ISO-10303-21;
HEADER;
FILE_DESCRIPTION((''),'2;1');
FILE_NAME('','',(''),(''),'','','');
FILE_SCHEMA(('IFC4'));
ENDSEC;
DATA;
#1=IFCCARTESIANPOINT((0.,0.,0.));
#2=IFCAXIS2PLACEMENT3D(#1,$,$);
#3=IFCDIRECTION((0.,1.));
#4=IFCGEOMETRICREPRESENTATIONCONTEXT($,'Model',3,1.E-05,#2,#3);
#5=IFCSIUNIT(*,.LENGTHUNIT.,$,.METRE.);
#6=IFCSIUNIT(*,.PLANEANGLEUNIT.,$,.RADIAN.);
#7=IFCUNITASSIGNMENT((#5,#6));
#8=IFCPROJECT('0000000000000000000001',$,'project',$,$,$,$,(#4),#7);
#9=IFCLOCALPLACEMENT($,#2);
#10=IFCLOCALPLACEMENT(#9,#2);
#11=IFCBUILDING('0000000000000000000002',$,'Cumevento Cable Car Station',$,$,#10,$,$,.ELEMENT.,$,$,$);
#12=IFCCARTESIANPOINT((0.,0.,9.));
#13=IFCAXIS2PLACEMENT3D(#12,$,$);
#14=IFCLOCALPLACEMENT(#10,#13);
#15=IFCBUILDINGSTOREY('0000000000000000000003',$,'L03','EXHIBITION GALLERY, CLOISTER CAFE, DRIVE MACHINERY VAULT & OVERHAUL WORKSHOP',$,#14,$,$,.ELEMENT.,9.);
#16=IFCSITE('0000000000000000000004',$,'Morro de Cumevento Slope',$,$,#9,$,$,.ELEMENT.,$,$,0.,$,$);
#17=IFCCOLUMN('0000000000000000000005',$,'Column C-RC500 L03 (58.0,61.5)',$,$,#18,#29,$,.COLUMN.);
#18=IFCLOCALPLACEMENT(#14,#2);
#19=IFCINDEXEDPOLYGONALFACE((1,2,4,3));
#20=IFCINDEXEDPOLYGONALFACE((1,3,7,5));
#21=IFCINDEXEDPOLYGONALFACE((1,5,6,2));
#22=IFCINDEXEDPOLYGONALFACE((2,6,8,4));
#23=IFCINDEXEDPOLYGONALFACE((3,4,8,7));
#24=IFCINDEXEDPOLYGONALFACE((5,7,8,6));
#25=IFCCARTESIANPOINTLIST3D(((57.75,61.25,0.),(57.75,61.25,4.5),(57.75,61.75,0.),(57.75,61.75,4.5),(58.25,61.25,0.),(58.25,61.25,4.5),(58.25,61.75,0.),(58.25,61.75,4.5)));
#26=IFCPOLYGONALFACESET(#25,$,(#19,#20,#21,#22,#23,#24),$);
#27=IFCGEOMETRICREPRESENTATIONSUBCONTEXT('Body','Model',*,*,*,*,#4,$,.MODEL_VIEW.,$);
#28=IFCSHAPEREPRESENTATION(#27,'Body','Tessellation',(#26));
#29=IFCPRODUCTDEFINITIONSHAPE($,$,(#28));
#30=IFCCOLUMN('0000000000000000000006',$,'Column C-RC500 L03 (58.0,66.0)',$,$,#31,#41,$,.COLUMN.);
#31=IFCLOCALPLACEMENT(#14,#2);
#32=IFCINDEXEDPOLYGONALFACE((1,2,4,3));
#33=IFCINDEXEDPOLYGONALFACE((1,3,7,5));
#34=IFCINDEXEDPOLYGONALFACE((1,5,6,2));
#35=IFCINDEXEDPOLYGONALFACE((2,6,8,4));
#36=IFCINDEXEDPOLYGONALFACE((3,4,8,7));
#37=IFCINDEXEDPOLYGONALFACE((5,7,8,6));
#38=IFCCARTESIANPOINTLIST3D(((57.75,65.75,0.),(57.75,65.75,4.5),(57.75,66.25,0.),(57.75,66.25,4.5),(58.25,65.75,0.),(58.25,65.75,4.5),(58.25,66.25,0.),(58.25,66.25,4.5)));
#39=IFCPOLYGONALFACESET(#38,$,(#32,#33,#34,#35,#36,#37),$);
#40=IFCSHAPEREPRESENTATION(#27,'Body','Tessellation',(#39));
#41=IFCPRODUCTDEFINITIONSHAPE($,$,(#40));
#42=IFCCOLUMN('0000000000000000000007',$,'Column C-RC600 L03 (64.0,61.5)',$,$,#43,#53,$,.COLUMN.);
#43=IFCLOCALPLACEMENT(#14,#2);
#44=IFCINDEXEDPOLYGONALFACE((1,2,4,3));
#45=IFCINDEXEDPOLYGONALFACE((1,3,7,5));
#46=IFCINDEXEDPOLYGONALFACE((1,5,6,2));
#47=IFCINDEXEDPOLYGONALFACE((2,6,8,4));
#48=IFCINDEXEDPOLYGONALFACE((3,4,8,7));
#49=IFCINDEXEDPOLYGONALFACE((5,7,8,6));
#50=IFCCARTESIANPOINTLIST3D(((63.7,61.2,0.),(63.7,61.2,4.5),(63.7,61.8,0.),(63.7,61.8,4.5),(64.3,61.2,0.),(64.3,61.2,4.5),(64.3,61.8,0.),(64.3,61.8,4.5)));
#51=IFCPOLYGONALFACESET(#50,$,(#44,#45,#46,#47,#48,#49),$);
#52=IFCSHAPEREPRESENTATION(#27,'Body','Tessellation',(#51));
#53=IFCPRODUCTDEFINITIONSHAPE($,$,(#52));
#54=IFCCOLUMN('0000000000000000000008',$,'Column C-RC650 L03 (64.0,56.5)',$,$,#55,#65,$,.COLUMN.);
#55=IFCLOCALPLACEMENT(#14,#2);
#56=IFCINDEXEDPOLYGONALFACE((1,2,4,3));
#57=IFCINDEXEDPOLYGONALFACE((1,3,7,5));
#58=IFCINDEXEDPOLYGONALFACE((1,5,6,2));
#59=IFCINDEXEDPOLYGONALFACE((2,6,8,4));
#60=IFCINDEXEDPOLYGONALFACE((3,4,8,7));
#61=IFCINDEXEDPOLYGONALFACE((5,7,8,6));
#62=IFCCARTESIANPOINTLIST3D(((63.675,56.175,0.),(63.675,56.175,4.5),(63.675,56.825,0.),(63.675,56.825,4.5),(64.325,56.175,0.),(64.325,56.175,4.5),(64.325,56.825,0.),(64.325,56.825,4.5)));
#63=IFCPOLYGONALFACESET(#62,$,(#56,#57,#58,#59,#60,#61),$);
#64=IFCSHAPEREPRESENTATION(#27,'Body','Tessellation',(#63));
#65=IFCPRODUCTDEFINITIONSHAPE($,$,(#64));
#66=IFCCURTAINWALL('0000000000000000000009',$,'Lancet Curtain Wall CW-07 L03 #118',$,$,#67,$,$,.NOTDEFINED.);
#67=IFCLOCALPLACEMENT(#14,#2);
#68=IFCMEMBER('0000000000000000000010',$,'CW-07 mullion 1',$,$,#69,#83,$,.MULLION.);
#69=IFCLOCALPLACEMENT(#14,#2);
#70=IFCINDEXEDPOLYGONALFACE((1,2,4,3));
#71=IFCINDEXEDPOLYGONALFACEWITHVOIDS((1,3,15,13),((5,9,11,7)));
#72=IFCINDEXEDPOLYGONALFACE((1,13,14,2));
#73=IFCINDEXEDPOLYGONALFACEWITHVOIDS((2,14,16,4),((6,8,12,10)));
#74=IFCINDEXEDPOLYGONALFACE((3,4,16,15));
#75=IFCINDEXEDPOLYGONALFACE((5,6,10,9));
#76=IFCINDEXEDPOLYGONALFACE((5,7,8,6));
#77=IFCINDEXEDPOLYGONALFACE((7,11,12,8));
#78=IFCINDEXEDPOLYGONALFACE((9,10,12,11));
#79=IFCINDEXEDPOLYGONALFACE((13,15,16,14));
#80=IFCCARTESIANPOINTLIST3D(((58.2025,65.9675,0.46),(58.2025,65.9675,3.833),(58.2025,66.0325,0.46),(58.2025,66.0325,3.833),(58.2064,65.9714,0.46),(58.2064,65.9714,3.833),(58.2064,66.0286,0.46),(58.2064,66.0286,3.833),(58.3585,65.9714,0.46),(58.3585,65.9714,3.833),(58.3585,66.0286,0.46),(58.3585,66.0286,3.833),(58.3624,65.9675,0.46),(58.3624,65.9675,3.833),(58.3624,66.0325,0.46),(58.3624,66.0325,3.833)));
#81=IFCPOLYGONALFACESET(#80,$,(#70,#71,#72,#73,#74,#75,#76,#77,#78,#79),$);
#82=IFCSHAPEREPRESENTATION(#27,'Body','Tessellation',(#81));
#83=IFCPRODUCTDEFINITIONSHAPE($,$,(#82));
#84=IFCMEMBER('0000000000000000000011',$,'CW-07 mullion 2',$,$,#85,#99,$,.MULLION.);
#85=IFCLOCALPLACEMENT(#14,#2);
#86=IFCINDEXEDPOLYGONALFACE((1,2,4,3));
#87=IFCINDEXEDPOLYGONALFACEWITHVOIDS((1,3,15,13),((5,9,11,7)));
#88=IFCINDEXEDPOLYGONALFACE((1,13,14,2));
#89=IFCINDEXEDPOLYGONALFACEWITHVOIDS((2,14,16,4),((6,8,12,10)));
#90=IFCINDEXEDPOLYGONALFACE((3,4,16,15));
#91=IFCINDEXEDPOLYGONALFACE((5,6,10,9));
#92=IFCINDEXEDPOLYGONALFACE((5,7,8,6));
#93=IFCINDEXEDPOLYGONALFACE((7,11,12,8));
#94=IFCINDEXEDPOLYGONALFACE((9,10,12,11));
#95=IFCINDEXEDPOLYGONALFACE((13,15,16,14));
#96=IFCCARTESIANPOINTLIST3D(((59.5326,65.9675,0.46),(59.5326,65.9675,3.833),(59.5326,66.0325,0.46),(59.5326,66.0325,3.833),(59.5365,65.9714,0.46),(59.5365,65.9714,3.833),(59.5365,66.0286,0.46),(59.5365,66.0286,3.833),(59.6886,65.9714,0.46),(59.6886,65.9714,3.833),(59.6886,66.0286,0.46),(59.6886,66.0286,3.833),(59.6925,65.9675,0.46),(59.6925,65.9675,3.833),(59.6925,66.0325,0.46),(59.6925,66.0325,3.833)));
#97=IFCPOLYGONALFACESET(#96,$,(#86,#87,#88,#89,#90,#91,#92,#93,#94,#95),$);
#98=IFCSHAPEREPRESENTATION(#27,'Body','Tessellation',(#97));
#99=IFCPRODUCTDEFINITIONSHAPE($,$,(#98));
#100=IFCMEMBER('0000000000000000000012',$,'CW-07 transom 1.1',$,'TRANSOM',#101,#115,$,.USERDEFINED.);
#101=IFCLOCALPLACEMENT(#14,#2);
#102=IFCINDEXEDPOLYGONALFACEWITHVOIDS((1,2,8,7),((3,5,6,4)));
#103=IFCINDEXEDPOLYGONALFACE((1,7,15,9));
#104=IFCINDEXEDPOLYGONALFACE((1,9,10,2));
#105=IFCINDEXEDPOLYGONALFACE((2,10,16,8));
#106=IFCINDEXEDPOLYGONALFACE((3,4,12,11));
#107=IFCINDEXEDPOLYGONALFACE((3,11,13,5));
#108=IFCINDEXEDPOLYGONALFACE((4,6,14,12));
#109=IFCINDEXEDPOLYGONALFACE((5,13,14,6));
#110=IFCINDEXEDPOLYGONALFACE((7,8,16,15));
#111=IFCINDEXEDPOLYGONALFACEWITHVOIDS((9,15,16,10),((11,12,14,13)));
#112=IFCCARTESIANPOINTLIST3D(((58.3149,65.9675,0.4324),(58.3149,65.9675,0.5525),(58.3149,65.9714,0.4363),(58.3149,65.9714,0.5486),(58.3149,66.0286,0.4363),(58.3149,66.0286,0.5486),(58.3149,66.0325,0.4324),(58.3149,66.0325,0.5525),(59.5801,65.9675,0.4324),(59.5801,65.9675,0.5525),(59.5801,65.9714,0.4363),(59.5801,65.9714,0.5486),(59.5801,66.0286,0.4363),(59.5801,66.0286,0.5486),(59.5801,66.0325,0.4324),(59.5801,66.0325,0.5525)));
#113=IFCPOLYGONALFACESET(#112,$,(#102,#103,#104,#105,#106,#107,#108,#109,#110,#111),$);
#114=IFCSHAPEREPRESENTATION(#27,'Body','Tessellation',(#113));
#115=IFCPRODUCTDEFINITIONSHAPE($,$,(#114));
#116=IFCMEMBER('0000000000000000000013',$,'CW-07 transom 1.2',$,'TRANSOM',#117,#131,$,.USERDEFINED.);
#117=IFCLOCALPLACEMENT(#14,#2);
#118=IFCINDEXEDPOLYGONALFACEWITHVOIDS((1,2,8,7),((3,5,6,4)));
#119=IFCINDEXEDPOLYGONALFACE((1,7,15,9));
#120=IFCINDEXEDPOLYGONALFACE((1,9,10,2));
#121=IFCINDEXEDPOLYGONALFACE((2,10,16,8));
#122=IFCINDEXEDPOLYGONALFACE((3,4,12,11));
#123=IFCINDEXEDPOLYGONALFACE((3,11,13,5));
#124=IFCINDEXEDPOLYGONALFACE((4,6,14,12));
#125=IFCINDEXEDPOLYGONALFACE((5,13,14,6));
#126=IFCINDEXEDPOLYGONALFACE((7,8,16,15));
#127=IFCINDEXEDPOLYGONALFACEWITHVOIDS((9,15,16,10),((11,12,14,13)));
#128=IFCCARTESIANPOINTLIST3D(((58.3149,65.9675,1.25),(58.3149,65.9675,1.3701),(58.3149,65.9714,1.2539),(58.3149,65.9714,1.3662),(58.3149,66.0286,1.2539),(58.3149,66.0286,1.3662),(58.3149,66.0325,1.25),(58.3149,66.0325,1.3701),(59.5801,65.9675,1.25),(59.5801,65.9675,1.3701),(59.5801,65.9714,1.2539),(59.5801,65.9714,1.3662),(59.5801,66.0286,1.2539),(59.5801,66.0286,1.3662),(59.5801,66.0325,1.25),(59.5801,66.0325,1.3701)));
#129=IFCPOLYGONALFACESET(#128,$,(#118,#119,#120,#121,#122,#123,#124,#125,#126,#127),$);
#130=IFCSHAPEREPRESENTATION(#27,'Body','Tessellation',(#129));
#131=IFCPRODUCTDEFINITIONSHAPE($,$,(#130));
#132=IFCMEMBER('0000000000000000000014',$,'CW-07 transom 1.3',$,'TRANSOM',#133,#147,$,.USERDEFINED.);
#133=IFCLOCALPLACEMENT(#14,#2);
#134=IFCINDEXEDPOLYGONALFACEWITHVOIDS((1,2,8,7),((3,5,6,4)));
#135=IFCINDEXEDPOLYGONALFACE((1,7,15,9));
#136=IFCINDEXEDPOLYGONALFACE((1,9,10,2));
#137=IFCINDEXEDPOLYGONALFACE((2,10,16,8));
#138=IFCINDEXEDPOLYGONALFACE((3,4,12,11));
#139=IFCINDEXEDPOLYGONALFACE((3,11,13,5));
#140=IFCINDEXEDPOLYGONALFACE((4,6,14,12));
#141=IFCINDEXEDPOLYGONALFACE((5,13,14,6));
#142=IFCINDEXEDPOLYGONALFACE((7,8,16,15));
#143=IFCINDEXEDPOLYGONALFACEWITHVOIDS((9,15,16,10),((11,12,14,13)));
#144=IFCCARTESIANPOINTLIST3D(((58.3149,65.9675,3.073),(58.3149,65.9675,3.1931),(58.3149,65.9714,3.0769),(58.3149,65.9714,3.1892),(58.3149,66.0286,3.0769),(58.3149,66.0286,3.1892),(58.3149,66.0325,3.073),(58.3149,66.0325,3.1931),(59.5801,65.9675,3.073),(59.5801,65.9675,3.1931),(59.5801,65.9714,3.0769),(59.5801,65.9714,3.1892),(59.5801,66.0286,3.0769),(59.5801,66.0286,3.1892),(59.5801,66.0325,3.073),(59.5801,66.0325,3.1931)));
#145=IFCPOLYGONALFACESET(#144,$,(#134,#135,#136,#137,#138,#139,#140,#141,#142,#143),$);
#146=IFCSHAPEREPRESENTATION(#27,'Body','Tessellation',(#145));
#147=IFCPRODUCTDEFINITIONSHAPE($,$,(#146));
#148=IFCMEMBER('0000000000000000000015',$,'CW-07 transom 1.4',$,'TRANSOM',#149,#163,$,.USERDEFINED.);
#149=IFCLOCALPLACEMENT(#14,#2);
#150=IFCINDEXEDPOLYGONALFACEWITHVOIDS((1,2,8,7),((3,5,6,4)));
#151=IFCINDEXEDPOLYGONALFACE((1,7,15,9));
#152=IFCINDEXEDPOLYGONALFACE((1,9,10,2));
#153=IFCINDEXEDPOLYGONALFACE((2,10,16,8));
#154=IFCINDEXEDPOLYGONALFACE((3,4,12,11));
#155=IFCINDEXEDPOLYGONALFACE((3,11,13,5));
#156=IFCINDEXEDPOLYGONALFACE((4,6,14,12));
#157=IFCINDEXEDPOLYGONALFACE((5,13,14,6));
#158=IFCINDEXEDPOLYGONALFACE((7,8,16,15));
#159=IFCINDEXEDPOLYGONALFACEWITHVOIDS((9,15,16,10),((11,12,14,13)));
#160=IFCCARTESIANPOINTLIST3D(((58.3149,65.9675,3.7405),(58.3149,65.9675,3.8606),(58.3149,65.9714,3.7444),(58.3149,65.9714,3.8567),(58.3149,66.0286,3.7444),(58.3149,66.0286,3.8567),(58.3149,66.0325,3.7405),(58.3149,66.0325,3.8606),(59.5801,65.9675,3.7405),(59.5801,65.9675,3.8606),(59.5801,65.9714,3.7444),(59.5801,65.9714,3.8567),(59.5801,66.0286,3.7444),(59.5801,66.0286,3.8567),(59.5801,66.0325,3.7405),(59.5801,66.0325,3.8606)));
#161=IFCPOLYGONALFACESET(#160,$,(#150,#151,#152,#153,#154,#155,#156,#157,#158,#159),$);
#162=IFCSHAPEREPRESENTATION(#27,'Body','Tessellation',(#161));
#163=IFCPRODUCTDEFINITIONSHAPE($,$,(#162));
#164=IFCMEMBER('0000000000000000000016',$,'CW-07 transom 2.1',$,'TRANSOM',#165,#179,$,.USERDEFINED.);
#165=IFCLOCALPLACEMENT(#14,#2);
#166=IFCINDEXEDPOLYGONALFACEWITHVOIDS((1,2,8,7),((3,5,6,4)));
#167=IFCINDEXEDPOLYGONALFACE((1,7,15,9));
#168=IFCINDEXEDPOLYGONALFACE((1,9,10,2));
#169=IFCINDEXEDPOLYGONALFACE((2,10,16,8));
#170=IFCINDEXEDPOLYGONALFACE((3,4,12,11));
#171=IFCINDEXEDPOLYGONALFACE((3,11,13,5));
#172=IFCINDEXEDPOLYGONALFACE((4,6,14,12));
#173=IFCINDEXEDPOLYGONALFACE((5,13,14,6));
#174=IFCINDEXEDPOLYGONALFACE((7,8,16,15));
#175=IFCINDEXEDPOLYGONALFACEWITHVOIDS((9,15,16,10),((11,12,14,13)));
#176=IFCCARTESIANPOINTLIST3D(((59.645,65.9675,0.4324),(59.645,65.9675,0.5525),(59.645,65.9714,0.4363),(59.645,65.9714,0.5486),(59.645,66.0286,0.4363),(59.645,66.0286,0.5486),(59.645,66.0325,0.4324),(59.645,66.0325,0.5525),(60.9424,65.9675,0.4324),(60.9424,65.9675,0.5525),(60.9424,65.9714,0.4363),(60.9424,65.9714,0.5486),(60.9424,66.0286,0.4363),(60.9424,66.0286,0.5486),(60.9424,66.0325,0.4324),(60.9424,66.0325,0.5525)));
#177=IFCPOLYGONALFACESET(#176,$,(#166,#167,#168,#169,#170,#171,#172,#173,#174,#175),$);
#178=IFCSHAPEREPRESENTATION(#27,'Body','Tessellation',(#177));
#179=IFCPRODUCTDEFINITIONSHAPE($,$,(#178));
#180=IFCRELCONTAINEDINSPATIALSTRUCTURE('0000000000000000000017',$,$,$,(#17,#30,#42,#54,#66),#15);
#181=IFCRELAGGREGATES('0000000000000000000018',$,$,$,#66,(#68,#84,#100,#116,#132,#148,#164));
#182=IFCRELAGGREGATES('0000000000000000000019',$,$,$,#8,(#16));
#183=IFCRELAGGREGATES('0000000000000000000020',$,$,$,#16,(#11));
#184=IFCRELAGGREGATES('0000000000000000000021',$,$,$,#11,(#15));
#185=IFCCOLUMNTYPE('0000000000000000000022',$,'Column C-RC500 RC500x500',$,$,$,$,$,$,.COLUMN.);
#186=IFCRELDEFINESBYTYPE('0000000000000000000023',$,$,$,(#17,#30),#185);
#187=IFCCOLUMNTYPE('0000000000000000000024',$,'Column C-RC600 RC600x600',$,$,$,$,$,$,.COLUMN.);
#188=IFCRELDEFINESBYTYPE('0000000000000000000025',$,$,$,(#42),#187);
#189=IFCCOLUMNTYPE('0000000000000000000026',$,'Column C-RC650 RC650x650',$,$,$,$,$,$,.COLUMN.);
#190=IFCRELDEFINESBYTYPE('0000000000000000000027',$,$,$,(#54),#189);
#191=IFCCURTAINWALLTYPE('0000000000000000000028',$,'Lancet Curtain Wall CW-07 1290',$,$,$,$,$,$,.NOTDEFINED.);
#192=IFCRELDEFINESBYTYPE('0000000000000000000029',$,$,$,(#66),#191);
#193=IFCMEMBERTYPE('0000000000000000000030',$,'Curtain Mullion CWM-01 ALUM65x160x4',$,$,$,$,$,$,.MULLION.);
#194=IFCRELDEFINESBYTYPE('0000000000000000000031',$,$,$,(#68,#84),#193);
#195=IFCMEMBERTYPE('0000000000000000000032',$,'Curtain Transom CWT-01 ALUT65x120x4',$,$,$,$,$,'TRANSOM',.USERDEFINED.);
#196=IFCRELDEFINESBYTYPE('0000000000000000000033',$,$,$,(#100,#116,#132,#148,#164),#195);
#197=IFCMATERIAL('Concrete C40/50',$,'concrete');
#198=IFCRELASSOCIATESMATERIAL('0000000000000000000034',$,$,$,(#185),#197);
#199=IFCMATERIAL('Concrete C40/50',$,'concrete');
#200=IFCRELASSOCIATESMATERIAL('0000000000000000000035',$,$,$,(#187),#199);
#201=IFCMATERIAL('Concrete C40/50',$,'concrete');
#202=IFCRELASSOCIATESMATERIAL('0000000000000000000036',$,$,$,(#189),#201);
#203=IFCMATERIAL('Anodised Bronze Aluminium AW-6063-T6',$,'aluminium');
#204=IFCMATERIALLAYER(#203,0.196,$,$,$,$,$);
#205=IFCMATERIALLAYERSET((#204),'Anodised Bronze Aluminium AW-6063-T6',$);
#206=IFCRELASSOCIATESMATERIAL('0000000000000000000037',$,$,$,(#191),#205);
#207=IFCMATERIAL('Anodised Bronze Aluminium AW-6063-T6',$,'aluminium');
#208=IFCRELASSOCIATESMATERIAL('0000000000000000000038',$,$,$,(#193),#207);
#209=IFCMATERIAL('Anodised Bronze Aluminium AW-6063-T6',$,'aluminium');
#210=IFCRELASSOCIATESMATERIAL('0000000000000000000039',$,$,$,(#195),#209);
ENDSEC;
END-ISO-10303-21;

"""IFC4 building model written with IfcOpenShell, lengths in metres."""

from ifc_helpers import new_model, si_unit, direction, frame, origin, origin_2d, place, context, subcontext, project, spatial, rectangle, hollow_rectangle, extrude, material, layer, layer_set, material_profile, profile_set, type_object, element, aggregate, save


model = new_model("IFC4")

# Units and contexts
model_context = context("Model", 3, precision=1e-05, world=origin(), true_north=direction((0.0, 1.0)))
body_context = subcontext(model_context, "Body", "Model", "MODEL_VIEW")
ifc_project = project(units=[si_unit("LENGTHUNIT", "METRE"), si_unit("PLANEANGLEUNIT", "RADIAN")], contexts=[model_context])

# Site, building, storey
site_placement = place(None, origin())
site = spatial("IfcSite", under=ifc_project, at=site_placement, Name="Morro de Cumevento Slope", CompositionType="ELEMENT", RefElevation=0.0)
building_placement = place(site_placement, origin())
building = spatial("IfcBuilding", under=site, at=building_placement, Name="Cumevento Cable Car Station", CompositionType="ELEMENT")
storey_placement = place(building_placement, frame((0.0, 0.0, 9.0)))
storey = spatial("IfcBuildingStorey", under=building, at=storey_placement, Name="L03", Description="EXHIBITION GALLERY, CLOISTER CAFE, DRIVE MACHINERY VAULT & OVERHAUL WORKSHOP", CompositionType="ELEMENT", Elevation=9.0)

# Columns
ifc_material_1 = material(Name="Concrete C40/50", Category="concrete")
ifc_material_profile_1 = material_profile(ifc_material_1, rectangle(XDim=0.5, YDim=0.5, at=origin_2d()), Name="RC500x500")
ifc_profile_set_1 = profile_set([ifc_material_profile_1], Name="Concrete C40/50")
column_type_1 = type_object("IfcColumnType", Name="Column C-RC500 RC500x500", PredefinedType="COLUMN", material=ifc_profile_set_1)
for number, where, z_axis, x_axis, name in (
    (1, (58.0, 61.5, 0.0), (0.0, 0.0, 1.0), (1.0, 0.0, 0.0), "Column C-RC500 L03 (58.0,61.5)"),
    (2, (58.0, 66.0, 0.0), (0.0, 0.0, 1.0), (1.0, 0.0, 0.0), "Column C-RC500 L03 (58.0,66.0)"),
):
    element("IfcColumn", number, at=place(storey_placement, frame(where, z_axis=z_axis, x_axis=x_axis)), inside=storey, type_object=column_type_1, Name=name, PredefinedType="COLUMN", context=body_context, shape_type="SweptSolid", body=[
        extrude(rectangle(XDim=0.5, YDim=0.5, at=origin_2d()), origin(), (0.0, 0.0, 1.0), 4.5),
    ])
ifc_material_2 = material(Name="Concrete C40/50", Category="concrete")
ifc_material_profile_2 = material_profile(ifc_material_2, rectangle(XDim=0.6001, YDim=0.6001, at=origin_2d()), Name="RC600x600")
ifc_profile_set_2 = profile_set([ifc_material_profile_2], Name="Concrete C40/50")
column_type_2 = type_object("IfcColumnType", Name="Column C-RC600 RC600x600", PredefinedType="COLUMN", material=ifc_profile_set_2)
column_1_placement = place(storey_placement, frame((64.0, 61.5, 0.0), z_axis=(0.0, 0.0, 1.0), x_axis=(1.0, 0.0, 0.0)))
element("IfcColumn", 3, at=column_1_placement, inside=storey, type_object=column_type_2, Name="Column C-RC600 L03 (64.0,61.5)", PredefinedType="COLUMN", context=body_context, shape_type="SweptSolid", body=[
    extrude(rectangle(XDim=0.6001, YDim=0.6001, at=origin_2d()), origin(), (0.0, 0.0, 1.0), 4.5),
])
ifc_material_3 = material(Name="Concrete C40/50", Category="concrete")
ifc_material_profile_3 = material_profile(ifc_material_3, rectangle(XDim=0.6499, YDim=0.6499, at=origin_2d()), Name="RC650x650")
ifc_profile_set_3 = profile_set([ifc_material_profile_3], Name="Concrete C40/50")
column_type_3 = type_object("IfcColumnType", Name="Column C-RC650 RC650x650", PredefinedType="COLUMN", material=ifc_profile_set_3)
column_2_placement = place(storey_placement, frame((64.0, 56.5, 0.0), z_axis=(0.0, 0.0, 1.0), x_axis=(1.0, 0.0, 0.0)))
element("IfcColumn", 4, at=column_2_placement, inside=storey, type_object=column_type_3, Name="Column C-RC650 L03 (64.0,56.5)", PredefinedType="COLUMN", context=body_context, shape_type="SweptSolid", body=[
    extrude(rectangle(XDim=0.6499, YDim=0.6499, at=origin_2d()), origin(), (0.0, 0.0, 1.0), 4.5),
])

# Curtain wall, members
ifc_material_4 = material(Name="Anodised Bronze Aluminium AW-6063-T6", Category="aluminium")
ifc_layer_1 = layer(ifc_material_4, 0.196)
ifc_layer_set_1 = layer_set([ifc_layer_1], Name="Anodised Bronze Aluminium AW-6063-T6")
curtain_wall_type = type_object("IfcCurtainWallType", Name="Lancet Curtain Wall CW-07 1290", PredefinedType="NOTDEFINED", material=ifc_layer_set_1)
curtain_wall_placement = place(storey_placement, origin())
curtain_wall = element("IfcCurtainWall", 5, at=curtain_wall_placement, inside=storey, type_object=curtain_wall_type, Name="Lancet Curtain Wall CW-07 L03 #118", PredefinedType="NOTDEFINED")
ifc_material_5 = material(Name="Anodised Bronze Aluminium AW-6063-T6", Category="aluminium")
ifc_material_profile_4 = material_profile(ifc_material_5, hollow_rectangle(XDim=0.0649, YDim=0.1599, WallThickness=0.0039, at=origin_2d()), Name="ALUM65x160x4")
ifc_profile_set_4 = profile_set([ifc_material_profile_4], Name="Anodised Bronze Aluminium AW-6063-T6")
member_type_1 = type_object("IfcMemberType", Name="Curtain Mullion CWM-01 ALUM65x160x4", PredefinedType="MULLION", material=ifc_profile_set_4)
member_1_placement = place(storey_placement, frame((58.2825, 66.0, 0.46), z_axis=(0.0, 0.0, 1.0), x_axis=(0.0, 1.0, 0.0)))
member_1 = element("IfcMember", 6, at=member_1_placement, type_object=member_type_1, Name="CW-07 mullion 1", PredefinedType="MULLION", context=body_context, shape_type="SweptSolid", body=[
    extrude(hollow_rectangle(XDim=0.0649, YDim=0.1599, WallThickness=0.0039, at=origin_2d()), origin(), (0.0, 0.0, 1.0), 3.373),
])
member_2_placement = place(storey_placement, frame((59.6125, 66.0, 0.46), z_axis=(0.0, 0.0, 1.0), x_axis=(0.0, 1.0, 0.0)))
member_2 = element("IfcMember", 7, at=member_2_placement, type_object=member_type_1, Name="CW-07 mullion 2", PredefinedType="MULLION", context=body_context, shape_type="SweptSolid", body=[
    extrude(hollow_rectangle(XDim=0.0649, YDim=0.1599, WallThickness=0.0039, at=origin_2d()), origin(), (0.0, 0.0, 1.0), 3.373),
])
ifc_material_6 = material(Name="Anodised Bronze Aluminium AW-6063-T6", Category="aluminium")
ifc_material_profile_5 = material_profile(ifc_material_6, hollow_rectangle(XDim=0.0649, YDim=0.1201, WallThickness=0.0039, at=origin_2d()), Name="ALUT65x120x4")
ifc_profile_set_5 = profile_set([ifc_material_profile_5], Name="Anodised Bronze Aluminium AW-6063-T6")
member_type_2 = type_object("IfcMemberType", Name="Curtain Transom CWT-01 ALUT65x120x4", ElementType="TRANSOM", PredefinedType="USERDEFINED", material=ifc_profile_set_5)
member_3_placement = place(storey_placement, frame((58.3149, 66.0, 0.4924), z_axis=(1.0, 0.0, 0.0), x_axis=(0.0, 1.0, 0.0)))
member_3 = element("IfcMember", 8, at=member_3_placement, type_object=member_type_2, Name="CW-07 transom 1.1", ObjectType="TRANSOM", PredefinedType="USERDEFINED", context=body_context, shape_type="SweptSolid", body=[
    extrude(hollow_rectangle(XDim=0.0649, YDim=0.1201, WallThickness=0.0039, at=origin_2d()), origin(), (0.0, 0.0, 1.0), 1.2651),
])
member_4_placement = place(storey_placement, frame((58.3149, 66.0, 1.3101), z_axis=(1.0, 0.0, 0.0), x_axis=(0.0, 1.0, 0.0)))
member_4 = element("IfcMember", 9, at=member_4_placement, type_object=member_type_2, Name="CW-07 transom 1.2", ObjectType="TRANSOM", PredefinedType="USERDEFINED", context=body_context, shape_type="SweptSolid", body=[
    extrude(hollow_rectangle(XDim=0.0649, YDim=0.1201, WallThickness=0.0039, at=origin_2d()), origin(), (0.0, 0.0, 1.0), 1.2651),
])
member_5_placement = place(storey_placement, frame((58.3149, 66.0, 3.1331), z_axis=(1.0, 0.0, 0.0), x_axis=(0.0, 1.0, 0.0)))
member_5 = element("IfcMember", 10, at=member_5_placement, type_object=member_type_2, Name="CW-07 transom 1.3", ObjectType="TRANSOM", PredefinedType="USERDEFINED", context=body_context, shape_type="SweptSolid", body=[
    extrude(hollow_rectangle(XDim=0.0649, YDim=0.1201, WallThickness=0.0039, at=origin_2d()), origin(), (0.0, 0.0, 1.0), 1.2651),
])
member_6_placement = place(storey_placement, frame((58.3149, 66.0, 3.8005), z_axis=(1.0, 0.0, 0.0), x_axis=(0.0, 1.0, 0.0)))
member_6 = element("IfcMember", 11, at=member_6_placement, type_object=member_type_2, Name="CW-07 transom 1.4", ObjectType="TRANSOM", PredefinedType="USERDEFINED", context=body_context, shape_type="SweptSolid", body=[
    extrude(hollow_rectangle(XDim=0.0649, YDim=0.1201, WallThickness=0.0039, at=origin_2d()), origin(), (0.0, 0.0, 1.0), 1.2651),
])
member_7_placement = place(storey_placement, frame((59.645, 66.0, 0.4924), z_axis=(1.0, 0.0, 0.0), x_axis=(0.0, 1.0, 0.0)))
member_7 = element("IfcMember", 12, at=member_7_placement, type_object=member_type_2, Name="CW-07 transom 2.1", ObjectType="TRANSOM", PredefinedType="USERDEFINED", context=body_context, shape_type="SweptSolid", body=[
    extrude(hollow_rectangle(XDim=0.0649, YDim=0.1201, WallThickness=0.0039, at=origin_2d()), origin(), (0.0, 0.0, 1.0), 1.2974),
])

aggregate(curtain_wall, [member_1, member_2, member_3, member_4, member_5, member_6, member_7])

save(model, "model.ifc")
